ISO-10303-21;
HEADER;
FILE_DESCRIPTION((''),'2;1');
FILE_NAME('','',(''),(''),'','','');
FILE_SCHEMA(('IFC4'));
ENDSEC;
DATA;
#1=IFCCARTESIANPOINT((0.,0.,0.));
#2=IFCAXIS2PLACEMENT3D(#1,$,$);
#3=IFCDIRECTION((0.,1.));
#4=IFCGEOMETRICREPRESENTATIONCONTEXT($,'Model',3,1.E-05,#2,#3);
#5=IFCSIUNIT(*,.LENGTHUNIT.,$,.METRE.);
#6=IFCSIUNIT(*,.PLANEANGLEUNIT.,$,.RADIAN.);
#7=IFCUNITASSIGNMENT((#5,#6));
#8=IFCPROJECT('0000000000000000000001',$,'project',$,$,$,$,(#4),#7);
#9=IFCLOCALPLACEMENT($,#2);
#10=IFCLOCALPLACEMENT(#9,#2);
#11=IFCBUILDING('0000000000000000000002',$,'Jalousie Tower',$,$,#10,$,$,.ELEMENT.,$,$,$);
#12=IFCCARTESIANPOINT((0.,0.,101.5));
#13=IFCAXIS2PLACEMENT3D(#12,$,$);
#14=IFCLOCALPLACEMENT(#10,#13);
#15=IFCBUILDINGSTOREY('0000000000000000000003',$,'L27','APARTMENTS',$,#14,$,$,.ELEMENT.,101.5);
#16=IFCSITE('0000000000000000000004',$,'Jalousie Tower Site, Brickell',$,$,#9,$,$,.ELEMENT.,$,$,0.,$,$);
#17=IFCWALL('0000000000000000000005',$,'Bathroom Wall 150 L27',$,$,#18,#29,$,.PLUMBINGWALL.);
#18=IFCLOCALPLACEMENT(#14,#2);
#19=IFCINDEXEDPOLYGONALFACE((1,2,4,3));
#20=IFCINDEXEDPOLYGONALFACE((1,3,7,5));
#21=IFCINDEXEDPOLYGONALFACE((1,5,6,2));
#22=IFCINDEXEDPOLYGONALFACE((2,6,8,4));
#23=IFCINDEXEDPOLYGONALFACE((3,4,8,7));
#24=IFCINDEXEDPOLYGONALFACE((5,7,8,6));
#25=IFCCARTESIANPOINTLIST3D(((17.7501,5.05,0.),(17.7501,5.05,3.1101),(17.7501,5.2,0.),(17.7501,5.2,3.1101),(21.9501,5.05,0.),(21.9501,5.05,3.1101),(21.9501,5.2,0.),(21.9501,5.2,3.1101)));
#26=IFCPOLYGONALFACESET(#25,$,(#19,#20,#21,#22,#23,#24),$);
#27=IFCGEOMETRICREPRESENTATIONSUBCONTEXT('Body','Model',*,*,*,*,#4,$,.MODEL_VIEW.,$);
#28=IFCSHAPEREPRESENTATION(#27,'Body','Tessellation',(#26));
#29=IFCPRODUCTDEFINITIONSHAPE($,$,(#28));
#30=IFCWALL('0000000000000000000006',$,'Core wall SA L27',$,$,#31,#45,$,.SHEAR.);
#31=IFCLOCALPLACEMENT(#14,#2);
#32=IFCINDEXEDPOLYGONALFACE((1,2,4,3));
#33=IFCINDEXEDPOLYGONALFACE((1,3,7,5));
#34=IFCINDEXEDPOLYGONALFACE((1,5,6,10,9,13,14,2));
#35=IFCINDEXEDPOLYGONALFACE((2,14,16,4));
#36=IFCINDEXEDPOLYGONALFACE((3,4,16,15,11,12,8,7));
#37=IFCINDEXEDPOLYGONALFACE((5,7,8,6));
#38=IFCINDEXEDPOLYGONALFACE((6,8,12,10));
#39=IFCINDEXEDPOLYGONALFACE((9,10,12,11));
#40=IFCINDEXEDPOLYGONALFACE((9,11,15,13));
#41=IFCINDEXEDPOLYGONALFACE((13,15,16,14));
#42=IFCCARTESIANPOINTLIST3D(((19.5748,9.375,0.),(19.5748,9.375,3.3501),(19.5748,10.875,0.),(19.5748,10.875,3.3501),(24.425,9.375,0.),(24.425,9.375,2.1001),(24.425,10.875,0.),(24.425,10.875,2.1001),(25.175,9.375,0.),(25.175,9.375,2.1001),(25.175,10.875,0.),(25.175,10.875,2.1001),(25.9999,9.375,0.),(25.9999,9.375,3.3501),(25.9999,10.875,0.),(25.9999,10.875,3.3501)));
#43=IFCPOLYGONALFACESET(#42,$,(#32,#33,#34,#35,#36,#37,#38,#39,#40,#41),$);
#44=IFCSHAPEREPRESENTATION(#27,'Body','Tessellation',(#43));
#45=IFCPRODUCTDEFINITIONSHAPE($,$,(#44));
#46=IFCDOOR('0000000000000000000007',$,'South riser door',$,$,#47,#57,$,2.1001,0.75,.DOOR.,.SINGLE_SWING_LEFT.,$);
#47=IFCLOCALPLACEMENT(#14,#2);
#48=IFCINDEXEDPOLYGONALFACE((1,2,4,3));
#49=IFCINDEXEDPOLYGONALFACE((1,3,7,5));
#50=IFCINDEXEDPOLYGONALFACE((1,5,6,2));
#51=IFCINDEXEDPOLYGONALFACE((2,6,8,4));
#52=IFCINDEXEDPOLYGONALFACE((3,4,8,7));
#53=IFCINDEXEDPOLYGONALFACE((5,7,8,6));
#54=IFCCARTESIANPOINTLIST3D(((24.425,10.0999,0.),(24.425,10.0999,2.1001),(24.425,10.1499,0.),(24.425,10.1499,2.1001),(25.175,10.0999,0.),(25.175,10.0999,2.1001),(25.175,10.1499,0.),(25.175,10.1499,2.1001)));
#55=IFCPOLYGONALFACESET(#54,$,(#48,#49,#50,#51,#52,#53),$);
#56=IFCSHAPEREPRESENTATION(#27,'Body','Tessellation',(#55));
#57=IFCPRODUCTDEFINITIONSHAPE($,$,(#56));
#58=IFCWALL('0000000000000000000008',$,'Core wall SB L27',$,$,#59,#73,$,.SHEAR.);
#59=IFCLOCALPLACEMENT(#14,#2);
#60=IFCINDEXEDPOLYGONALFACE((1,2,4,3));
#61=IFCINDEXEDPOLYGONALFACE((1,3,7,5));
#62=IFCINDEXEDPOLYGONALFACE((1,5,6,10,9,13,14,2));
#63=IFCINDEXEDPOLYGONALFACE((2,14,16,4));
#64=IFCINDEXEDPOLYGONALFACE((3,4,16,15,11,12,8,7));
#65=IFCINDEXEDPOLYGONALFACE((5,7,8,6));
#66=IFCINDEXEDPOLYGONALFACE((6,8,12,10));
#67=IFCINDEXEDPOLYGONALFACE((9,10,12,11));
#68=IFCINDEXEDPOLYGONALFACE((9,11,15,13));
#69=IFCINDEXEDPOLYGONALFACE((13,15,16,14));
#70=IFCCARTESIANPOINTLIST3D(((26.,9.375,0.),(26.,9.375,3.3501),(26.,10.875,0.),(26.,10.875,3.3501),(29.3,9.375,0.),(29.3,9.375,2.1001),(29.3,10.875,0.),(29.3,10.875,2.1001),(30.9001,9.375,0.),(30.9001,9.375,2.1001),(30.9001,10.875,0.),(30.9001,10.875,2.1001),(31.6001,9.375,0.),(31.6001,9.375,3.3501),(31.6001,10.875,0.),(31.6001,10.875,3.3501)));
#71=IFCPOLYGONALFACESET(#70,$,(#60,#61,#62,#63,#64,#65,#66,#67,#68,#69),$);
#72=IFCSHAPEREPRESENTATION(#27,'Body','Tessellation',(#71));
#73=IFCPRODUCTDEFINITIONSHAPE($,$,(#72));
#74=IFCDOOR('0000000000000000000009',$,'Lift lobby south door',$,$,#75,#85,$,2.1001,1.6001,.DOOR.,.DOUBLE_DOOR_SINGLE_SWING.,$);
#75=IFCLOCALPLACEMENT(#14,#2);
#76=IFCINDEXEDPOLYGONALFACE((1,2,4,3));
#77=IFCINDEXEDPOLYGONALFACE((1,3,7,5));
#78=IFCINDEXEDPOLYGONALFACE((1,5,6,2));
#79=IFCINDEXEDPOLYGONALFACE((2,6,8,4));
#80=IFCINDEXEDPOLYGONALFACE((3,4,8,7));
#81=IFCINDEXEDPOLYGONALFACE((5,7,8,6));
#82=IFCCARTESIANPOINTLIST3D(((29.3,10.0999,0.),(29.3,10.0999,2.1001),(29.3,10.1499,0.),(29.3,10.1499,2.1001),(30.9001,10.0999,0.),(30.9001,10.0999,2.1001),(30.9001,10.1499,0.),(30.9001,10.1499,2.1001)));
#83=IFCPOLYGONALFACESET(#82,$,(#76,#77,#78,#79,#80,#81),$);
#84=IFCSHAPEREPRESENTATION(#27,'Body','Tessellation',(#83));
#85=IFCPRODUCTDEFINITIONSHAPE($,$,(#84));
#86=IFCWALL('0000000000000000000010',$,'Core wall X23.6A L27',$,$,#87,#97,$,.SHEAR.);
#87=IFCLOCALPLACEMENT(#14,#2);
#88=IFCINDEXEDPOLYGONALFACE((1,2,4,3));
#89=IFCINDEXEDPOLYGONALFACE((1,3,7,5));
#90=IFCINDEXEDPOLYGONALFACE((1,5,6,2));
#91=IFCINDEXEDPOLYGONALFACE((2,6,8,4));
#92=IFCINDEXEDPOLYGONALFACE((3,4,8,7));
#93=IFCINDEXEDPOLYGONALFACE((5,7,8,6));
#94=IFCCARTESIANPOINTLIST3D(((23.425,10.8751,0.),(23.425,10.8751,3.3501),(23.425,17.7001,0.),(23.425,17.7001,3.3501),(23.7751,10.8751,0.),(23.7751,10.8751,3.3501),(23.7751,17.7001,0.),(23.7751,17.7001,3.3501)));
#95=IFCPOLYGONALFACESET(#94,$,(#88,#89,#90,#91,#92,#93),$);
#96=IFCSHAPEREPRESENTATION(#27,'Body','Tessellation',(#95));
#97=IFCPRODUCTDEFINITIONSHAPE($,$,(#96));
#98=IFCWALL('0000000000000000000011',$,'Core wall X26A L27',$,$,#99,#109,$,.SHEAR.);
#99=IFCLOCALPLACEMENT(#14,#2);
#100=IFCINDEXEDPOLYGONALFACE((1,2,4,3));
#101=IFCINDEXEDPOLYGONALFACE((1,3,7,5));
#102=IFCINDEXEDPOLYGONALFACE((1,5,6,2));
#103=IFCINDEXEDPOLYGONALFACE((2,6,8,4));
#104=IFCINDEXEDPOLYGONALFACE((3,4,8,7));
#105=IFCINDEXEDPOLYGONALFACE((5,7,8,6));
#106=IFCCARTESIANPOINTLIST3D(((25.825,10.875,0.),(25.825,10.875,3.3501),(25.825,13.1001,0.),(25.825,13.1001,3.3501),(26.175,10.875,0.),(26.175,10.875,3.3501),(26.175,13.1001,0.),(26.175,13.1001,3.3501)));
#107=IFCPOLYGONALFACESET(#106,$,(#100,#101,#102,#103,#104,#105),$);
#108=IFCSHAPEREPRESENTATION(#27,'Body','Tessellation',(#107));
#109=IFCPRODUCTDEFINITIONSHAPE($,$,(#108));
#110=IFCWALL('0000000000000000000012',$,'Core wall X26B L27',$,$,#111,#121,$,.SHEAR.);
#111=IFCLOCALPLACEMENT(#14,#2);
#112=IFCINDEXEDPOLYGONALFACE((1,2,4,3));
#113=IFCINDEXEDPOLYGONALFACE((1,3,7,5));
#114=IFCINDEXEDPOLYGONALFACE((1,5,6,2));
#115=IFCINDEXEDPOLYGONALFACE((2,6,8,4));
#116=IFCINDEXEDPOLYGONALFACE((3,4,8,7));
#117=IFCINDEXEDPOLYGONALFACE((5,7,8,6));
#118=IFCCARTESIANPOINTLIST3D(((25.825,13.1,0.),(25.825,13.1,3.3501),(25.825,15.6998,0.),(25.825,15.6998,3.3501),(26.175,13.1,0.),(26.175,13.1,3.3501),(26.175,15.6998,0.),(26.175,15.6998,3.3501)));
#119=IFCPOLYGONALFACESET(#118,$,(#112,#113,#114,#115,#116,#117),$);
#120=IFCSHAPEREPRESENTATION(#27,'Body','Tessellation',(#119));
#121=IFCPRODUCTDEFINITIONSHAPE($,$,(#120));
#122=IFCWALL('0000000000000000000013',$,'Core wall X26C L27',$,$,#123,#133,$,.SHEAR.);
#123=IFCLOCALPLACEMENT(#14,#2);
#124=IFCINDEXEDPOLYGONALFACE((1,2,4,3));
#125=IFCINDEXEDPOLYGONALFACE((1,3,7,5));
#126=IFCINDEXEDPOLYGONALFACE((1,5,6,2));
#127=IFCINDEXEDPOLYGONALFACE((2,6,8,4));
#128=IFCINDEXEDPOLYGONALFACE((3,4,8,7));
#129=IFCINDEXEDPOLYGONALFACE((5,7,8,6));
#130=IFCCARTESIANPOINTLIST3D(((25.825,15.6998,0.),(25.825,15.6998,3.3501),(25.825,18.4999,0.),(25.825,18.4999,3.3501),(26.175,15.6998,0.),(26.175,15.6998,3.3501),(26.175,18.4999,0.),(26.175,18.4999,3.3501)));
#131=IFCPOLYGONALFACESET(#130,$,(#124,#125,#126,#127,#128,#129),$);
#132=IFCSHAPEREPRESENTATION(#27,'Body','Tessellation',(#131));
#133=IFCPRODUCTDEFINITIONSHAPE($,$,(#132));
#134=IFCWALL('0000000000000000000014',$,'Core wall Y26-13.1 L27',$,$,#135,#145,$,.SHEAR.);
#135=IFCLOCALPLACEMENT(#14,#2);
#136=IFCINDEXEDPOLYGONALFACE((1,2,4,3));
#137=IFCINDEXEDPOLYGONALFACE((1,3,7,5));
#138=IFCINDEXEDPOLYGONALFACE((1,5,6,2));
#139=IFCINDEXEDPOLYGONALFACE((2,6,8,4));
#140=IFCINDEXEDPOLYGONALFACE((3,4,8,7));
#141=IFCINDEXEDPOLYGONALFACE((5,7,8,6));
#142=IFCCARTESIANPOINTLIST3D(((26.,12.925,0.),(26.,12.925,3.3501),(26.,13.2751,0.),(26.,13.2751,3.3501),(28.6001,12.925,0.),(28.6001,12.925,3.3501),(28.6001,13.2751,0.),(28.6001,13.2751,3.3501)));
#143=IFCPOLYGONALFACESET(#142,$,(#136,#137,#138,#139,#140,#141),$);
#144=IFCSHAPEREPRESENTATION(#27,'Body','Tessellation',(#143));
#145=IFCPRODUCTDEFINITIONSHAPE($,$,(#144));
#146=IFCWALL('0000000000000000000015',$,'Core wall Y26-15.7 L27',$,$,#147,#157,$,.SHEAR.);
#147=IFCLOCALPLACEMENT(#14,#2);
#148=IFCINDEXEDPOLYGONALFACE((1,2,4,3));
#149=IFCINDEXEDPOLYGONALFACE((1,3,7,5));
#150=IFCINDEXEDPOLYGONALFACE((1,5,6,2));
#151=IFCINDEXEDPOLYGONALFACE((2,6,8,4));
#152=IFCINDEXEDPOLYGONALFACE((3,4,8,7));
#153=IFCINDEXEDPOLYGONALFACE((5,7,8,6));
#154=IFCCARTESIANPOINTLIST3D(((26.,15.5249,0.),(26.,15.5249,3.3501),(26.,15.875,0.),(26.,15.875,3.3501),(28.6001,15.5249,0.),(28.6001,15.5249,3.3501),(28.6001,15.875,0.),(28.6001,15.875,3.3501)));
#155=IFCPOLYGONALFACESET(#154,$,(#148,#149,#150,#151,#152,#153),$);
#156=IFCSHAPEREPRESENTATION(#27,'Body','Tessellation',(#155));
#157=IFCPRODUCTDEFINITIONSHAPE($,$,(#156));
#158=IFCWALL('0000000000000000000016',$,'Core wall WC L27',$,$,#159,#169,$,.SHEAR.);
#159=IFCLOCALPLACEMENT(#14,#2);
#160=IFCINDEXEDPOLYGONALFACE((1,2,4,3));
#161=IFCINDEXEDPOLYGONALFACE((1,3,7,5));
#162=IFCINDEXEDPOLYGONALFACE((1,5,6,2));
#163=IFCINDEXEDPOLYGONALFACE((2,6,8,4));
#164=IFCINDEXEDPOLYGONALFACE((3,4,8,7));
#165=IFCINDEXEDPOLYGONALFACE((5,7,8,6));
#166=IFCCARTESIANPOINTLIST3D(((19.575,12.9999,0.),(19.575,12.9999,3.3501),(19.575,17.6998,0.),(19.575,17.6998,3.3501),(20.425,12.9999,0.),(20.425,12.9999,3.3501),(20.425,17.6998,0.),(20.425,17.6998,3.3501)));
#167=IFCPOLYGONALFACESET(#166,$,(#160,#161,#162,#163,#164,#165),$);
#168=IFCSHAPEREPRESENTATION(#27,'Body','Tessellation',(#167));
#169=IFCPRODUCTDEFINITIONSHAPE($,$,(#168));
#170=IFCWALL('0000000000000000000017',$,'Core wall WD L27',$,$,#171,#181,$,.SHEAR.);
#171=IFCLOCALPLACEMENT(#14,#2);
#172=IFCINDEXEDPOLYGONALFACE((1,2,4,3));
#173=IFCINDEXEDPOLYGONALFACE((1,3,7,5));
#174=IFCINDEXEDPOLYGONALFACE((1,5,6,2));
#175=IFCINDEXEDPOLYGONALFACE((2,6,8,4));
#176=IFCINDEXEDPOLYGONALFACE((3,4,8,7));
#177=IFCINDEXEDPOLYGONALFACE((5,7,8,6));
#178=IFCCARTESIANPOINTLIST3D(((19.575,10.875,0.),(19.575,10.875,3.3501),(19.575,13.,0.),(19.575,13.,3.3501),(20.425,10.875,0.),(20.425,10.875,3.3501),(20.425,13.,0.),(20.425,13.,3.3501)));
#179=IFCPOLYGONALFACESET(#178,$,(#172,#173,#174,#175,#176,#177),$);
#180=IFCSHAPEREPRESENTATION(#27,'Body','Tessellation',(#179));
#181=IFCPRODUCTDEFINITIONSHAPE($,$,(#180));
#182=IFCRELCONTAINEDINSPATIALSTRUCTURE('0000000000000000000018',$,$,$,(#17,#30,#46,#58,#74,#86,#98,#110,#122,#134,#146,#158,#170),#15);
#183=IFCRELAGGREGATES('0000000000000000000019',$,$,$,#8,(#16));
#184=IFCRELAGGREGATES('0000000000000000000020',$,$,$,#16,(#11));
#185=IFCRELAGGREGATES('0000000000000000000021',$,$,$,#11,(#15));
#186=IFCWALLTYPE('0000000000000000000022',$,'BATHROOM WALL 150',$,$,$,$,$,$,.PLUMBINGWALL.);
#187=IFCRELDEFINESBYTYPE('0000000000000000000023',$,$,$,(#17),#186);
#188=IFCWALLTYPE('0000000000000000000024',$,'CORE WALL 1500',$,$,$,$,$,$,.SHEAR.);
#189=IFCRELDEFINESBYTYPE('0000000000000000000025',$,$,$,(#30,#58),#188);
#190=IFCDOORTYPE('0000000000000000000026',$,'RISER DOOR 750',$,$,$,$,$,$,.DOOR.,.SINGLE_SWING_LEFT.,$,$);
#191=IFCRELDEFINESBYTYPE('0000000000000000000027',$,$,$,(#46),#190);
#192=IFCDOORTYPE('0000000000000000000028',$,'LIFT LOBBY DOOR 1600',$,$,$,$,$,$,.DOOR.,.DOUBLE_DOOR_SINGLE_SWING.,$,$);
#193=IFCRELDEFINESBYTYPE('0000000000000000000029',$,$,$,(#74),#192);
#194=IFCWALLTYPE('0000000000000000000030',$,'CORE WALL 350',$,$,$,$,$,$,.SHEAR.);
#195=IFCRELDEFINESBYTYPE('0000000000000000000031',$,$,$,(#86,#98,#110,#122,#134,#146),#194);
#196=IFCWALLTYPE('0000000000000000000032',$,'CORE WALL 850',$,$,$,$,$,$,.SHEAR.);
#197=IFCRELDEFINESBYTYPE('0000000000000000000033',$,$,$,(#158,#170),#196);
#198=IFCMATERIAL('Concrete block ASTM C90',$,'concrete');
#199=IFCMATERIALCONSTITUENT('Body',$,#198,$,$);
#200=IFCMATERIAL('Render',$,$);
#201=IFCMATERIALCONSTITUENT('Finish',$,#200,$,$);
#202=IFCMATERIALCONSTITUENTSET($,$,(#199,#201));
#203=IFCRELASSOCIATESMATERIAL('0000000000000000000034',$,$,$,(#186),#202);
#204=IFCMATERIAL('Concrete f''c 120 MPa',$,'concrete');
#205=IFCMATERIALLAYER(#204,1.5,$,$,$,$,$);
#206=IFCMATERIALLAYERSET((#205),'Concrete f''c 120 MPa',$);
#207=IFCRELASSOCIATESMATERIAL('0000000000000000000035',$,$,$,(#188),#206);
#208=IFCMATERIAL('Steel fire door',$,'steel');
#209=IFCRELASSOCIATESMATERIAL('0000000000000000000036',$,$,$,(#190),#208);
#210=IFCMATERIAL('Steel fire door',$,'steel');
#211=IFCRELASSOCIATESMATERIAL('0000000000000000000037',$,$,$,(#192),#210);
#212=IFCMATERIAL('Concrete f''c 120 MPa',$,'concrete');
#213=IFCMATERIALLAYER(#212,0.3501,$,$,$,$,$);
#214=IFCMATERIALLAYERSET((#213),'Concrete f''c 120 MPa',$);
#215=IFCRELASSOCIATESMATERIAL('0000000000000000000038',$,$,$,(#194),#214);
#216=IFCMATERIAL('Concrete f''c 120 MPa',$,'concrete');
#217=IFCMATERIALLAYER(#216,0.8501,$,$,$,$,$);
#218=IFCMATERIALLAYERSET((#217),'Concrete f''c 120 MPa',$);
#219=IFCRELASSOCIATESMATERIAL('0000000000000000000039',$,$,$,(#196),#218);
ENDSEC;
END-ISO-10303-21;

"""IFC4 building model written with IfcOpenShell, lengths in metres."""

from ifc_helpers import new_model, si_unit, direction, frame, frame_2d, origin, place, context, subcontext, project, spatial, rectangle, extrude, material, layer, layer_set, constituent, constituent_set, type_object, element, fill, save


model = new_model("IFC4")

# Units and contexts
model_context = context("Model", 3, precision=1e-05, world=origin(), true_north=direction((0.0, 1.0)))
body_context = subcontext(model_context, "Body", "Model", "MODEL_VIEW")
ifc_project = project(units=[si_unit("LENGTHUNIT", "METRE"), si_unit("PLANEANGLEUNIT", "RADIAN")], contexts=[model_context])

# Site, building, storey
site_placement = place(None, origin())
site = spatial("IfcSite", under=ifc_project, at=site_placement, Name="Jalousie Tower Site, Brickell", CompositionType="ELEMENT", RefElevation=0.0)
building_placement = place(site_placement, origin())
building = spatial("IfcBuilding", under=site, at=building_placement, Name="Jalousie Tower", CompositionType="ELEMENT")
storey_placement = place(building_placement, frame((0.0, 0.0, 101.5)))
storey = spatial("IfcBuildingStorey", under=building, at=storey_placement, Name="L27", Description="APARTMENTS", CompositionType="ELEMENT", Elevation=101.5)

# Wall
ifc_material_1 = material(Name="Concrete block ASTM C90", Category="concrete")
ifc_constituent_1 = constituent(ifc_material_1, Name="Body")
ifc_material_2 = material(Name="Render")
ifc_constituent_2 = constituent(ifc_material_2, Name="Finish")
ifc_constituent_set_1 = constituent_set(constituents=[ifc_constituent_1, ifc_constituent_2])
wall_type_1 = type_object("IfcWallType", Name="BATHROOM WALL 150", PredefinedType="PLUMBINGWALL", material=ifc_constituent_set_1)
wall_1_placement = place(storey_placement, frame((17.75, 5.125, 0.0), z_axis=(0.0, 0.0, 1.0), x_axis=(1.0, 0.0, 0.0)))
element("IfcWall", 1, at=wall_1_placement, inside=storey, type_object=wall_type_1, Name="Bathroom Wall 150 L27", PredefinedType="PLUMBINGWALL", context=body_context, shape_type="SweptSolid", body=[
    extrude(rectangle(XDim=4.2, YDim=0.1499, at=frame_2d((2.1001, 0.0))), origin(), (0.0, 0.0, 1.0), 3.1101),
])

# Walls, openings, doors
ifc_material_3 = material(Name="Concrete f'c 120 MPa", Category="concrete")
ifc_layer_1 = layer(ifc_material_3, 1.5)
ifc_layer_set_1 = layer_set([ifc_layer_1], Name="Concrete f'c 120 MPa")
wall_type_2 = type_object("IfcWallType", Name="CORE WALL 1500", PredefinedType="SHEAR", material=ifc_layer_set_1)
wall_2_placement = place(storey_placement, frame((19.575, 10.125, 0.0), z_axis=(0.0, 0.0, 1.0), x_axis=(1.0, 0.0, 0.0)))
wall_2 = element("IfcWall", 2, at=wall_2_placement, inside=storey, type_object=wall_type_2, Name="Core wall SA L27", PredefinedType="SHEAR", context=body_context, shape_type="SweptSolid", body=[
    extrude(rectangle(XDim=6.425, YDim=1.5, at=frame_2d((3.2124, 0.0))), origin(), (0.0, 0.0, 1.0), 3.3501),
])
opening_1_placement = place(wall_2_placement, frame((4.8501, 0.0, 0.0)))
opening_1 = element("IfcOpeningElement", 3, at=opening_1_placement, cuts=wall_2, PredefinedType="OPENING", context=body_context, shape_type="SweptSolid", body=[
    extrude(rectangle(XDim=0.75, YDim=2.1001, at=frame_2d((0.375, 1.05))), frame((0.0, 0.76, 0.0), z_axis=(0.0, -1.0, 0.0), x_axis=(1.0, 0.0, 0.0)), (0.0, 0.0, 1.0), 1.52),
])
ifc_material_4 = material(Name="Steel fire door", Category="steel")
door_type_1 = type_object("IfcDoorType", Name="RISER DOOR 750", OperationType="SINGLE_SWING_LEFT", PredefinedType="DOOR", material=ifc_material_4)
door_1_placement = place(opening_1_placement, origin())
door_1 = element("IfcDoor", 4, at=door_1_placement, inside=storey, type_object=door_type_1, Name="South riser door", OperationType="SINGLE_SWING_LEFT", OverallHeight=2.1001, OverallWidth=0.75, PredefinedType="DOOR", context=body_context, shape_type="SweptSolid", body=[
    extrude(rectangle(XDim=0.75, YDim=2.1001, at=frame_2d((0.375, 1.05))), frame((0.0, 0.0249, 0.0), z_axis=(0.0, -1.0, 0.0), x_axis=(1.0, 0.0, 0.0)), (0.0, 0.0, 1.0), 0.05),
])
fill(opening_1, door_1)
wall_3_placement = place(storey_placement, frame((26.0, 10.125, 0.0), z_axis=(0.0, 0.0, 1.0), x_axis=(1.0, 0.0, 0.0)))
wall_3 = element("IfcWall", 5, at=wall_3_placement, inside=storey, type_object=wall_type_2, Name="Core wall SB L27", PredefinedType="SHEAR", context=body_context, shape_type="SweptSolid", body=[
    extrude(rectangle(XDim=5.6001, YDim=1.5, at=frame_2d((2.8, 0.0))), origin(), (0.0, 0.0, 1.0), 3.3501),
])
opening_2_placement = place(wall_3_placement, frame((3.3, 0.0, 0.0)))
opening_2 = element("IfcOpeningElement", 6, at=opening_2_placement, cuts=wall_3, PredefinedType="OPENING", context=body_context, shape_type="SweptSolid", body=[
    extrude(rectangle(XDim=1.6001, YDim=2.1001, at=frame_2d((0.8, 1.05))), frame((0.0, 0.76, 0.0), z_axis=(0.0, -1.0, 0.0), x_axis=(1.0, 0.0, 0.0)), (0.0, 0.0, 1.0), 1.52),
])
ifc_material_5 = material(Name="Steel fire door", Category="steel")
door_type_2 = type_object("IfcDoorType", Name="LIFT LOBBY DOOR 1600", OperationType="DOUBLE_DOOR_SINGLE_SWING", PredefinedType="DOOR", material=ifc_material_5)
door_2_placement = place(opening_2_placement, origin())
door_2 = element("IfcDoor", 7, at=door_2_placement, inside=storey, type_object=door_type_2, Name="Lift lobby south door", OperationType="DOUBLE_DOOR_SINGLE_SWING", OverallHeight=2.1001, OverallWidth=1.6001, PredefinedType="DOOR", context=body_context, shape_type="SweptSolid", body=[
    extrude(rectangle(XDim=1.6001, YDim=2.1001, at=frame_2d((0.8, 1.05))), frame((0.0, 0.0249, 0.0), z_axis=(0.0, -1.0, 0.0), x_axis=(1.0, 0.0, 0.0)), (0.0, 0.0, 1.0), 0.05),
])
fill(opening_2, door_2)

# Walls
ifc_material_6 = material(Name="Concrete f'c 120 MPa", Category="concrete")
ifc_layer_2 = layer(ifc_material_6, 0.3501)
ifc_layer_set_2 = layer_set([ifc_layer_2], Name="Concrete f'c 120 MPa")
wall_type_3 = type_object("IfcWallType", Name="CORE WALL 350", PredefinedType="SHEAR", material=ifc_layer_set_2)
wall_4_placement = place(storey_placement, frame((23.6001, 10.875, 0.0), z_axis=(0.0, 0.0, 1.0), x_axis=(0.0, 1.0, 0.0)))
element("IfcWall", 8, at=wall_4_placement, inside=storey, type_object=wall_type_3, Name="Core wall X23.6A L27", PredefinedType="SHEAR", context=body_context, shape_type="SweptSolid", body=[
    extrude(rectangle(XDim=6.825, YDim=0.3501, at=frame_2d((3.4126, 0.0))), origin(), (0.0, 0.0, 1.0), 3.3501),
])
wall_5_placement = place(storey_placement, frame((26.0, 10.875, 0.0), z_axis=(0.0, 0.0, 1.0), x_axis=(0.0, 1.0, 0.0)))
element("IfcWall", 9, at=wall_5_placement, inside=storey, type_object=wall_type_3, Name="Core wall X26A L27", PredefinedType="SHEAR", context=body_context, shape_type="SweptSolid", body=[
    extrude(rectangle(XDim=2.2251, YDim=0.3501, at=frame_2d((1.1125, 0.0))), origin(), (0.0, 0.0, 1.0), 3.3501),
])
wall_6_placement = place(storey_placement, frame((26.0, 13.1001, 0.0), z_axis=(0.0, 0.0, 1.0), x_axis=(0.0, 1.0, 0.0)))
element("IfcWall", 10, at=wall_6_placement, inside=storey, type_object=wall_type_3, Name="Core wall X26B L27", PredefinedType="SHEAR", context=body_context, shape_type="SweptSolid", body=[
    extrude(rectangle(XDim=2.5999, YDim=0.3501, at=frame_2d((1.2998, 0.0))), origin(), (0.0, 0.0, 1.0), 3.3501),
])
wall_7_placement = place(storey_placement, frame((26.0, 15.7, 0.0), z_axis=(0.0, 0.0, 1.0), x_axis=(0.0, 1.0, 0.0)))
element("IfcWall", 11, at=wall_7_placement, inside=storey, type_object=wall_type_3, Name="Core wall X26C L27", PredefinedType="SHEAR", context=body_context, shape_type="SweptSolid", body=[
    extrude(rectangle(XDim=2.8, YDim=0.3501, at=frame_2d((1.3999, 0.0))), origin(), (0.0, 0.0, 1.0), 3.3501),
])
for number, where, z_axis, x_axis, name in (
    (12, (26.0, 13.1001, 0.0), (0.0, 0.0, 1.0), (1.0, 0.0, 0.0), "Core wall Y26-13.1 L27"),
    (13, (26.0, 15.7, 0.0), (0.0, 0.0, 1.0), (1.0, 0.0, 0.0), "Core wall Y26-15.7 L27"),
):
    element("IfcWall", number, at=place(storey_placement, frame(where, z_axis=z_axis, x_axis=x_axis)), inside=storey, type_object=wall_type_3, Name=name, PredefinedType="SHEAR", context=body_context, shape_type="SweptSolid", body=[
        extrude(rectangle(XDim=2.6001, YDim=0.3501, at=frame_2d((1.3, 0.0))), origin(), (0.0, 0.0, 1.0), 3.3501),
    ])
ifc_material_7 = material(Name="Concrete f'c 120 MPa", Category="concrete")
ifc_layer_3 = layer(ifc_material_7, 0.8501)
ifc_layer_set_3 = layer_set([ifc_layer_3], Name="Concrete f'c 120 MPa")
wall_type_4 = type_object("IfcWallType", Name="CORE WALL 850", PredefinedType="SHEAR", material=ifc_layer_set_3)
wall_8_placement = place(storey_placement, frame((20.0, 17.7, 0.0), z_axis=(0.0, 0.0, 1.0), x_axis=(0.0, -1.0, 0.0)))
element("IfcWall", 14, at=wall_8_placement, inside=storey, type_object=wall_type_4, Name="Core wall WC L27", PredefinedType="SHEAR", context=body_context, shape_type="SweptSolid", body=[
    extrude(rectangle(XDim=4.7, YDim=0.8501, at=frame_2d((2.3501, 0.0))), origin(), (0.0, 0.0, 1.0), 3.3501),
])
wall_9_placement = place(storey_placement, frame((20.0, 13.0, 0.0), z_axis=(0.0, 0.0, 1.0), x_axis=(0.0, -1.0, 0.0)))
element("IfcWall", 15, at=wall_9_placement, inside=storey, type_object=wall_type_4, Name="Core wall WD L27", PredefinedType="SHEAR", context=body_context, shape_type="SweptSolid", body=[
    extrude(rectangle(XDim=2.125, YDim=0.8501, at=frame_2d((1.0625, 0.0))), origin(), (0.0, 0.0, 1.0), 3.3501),
])

save(model, "model.ifc")
